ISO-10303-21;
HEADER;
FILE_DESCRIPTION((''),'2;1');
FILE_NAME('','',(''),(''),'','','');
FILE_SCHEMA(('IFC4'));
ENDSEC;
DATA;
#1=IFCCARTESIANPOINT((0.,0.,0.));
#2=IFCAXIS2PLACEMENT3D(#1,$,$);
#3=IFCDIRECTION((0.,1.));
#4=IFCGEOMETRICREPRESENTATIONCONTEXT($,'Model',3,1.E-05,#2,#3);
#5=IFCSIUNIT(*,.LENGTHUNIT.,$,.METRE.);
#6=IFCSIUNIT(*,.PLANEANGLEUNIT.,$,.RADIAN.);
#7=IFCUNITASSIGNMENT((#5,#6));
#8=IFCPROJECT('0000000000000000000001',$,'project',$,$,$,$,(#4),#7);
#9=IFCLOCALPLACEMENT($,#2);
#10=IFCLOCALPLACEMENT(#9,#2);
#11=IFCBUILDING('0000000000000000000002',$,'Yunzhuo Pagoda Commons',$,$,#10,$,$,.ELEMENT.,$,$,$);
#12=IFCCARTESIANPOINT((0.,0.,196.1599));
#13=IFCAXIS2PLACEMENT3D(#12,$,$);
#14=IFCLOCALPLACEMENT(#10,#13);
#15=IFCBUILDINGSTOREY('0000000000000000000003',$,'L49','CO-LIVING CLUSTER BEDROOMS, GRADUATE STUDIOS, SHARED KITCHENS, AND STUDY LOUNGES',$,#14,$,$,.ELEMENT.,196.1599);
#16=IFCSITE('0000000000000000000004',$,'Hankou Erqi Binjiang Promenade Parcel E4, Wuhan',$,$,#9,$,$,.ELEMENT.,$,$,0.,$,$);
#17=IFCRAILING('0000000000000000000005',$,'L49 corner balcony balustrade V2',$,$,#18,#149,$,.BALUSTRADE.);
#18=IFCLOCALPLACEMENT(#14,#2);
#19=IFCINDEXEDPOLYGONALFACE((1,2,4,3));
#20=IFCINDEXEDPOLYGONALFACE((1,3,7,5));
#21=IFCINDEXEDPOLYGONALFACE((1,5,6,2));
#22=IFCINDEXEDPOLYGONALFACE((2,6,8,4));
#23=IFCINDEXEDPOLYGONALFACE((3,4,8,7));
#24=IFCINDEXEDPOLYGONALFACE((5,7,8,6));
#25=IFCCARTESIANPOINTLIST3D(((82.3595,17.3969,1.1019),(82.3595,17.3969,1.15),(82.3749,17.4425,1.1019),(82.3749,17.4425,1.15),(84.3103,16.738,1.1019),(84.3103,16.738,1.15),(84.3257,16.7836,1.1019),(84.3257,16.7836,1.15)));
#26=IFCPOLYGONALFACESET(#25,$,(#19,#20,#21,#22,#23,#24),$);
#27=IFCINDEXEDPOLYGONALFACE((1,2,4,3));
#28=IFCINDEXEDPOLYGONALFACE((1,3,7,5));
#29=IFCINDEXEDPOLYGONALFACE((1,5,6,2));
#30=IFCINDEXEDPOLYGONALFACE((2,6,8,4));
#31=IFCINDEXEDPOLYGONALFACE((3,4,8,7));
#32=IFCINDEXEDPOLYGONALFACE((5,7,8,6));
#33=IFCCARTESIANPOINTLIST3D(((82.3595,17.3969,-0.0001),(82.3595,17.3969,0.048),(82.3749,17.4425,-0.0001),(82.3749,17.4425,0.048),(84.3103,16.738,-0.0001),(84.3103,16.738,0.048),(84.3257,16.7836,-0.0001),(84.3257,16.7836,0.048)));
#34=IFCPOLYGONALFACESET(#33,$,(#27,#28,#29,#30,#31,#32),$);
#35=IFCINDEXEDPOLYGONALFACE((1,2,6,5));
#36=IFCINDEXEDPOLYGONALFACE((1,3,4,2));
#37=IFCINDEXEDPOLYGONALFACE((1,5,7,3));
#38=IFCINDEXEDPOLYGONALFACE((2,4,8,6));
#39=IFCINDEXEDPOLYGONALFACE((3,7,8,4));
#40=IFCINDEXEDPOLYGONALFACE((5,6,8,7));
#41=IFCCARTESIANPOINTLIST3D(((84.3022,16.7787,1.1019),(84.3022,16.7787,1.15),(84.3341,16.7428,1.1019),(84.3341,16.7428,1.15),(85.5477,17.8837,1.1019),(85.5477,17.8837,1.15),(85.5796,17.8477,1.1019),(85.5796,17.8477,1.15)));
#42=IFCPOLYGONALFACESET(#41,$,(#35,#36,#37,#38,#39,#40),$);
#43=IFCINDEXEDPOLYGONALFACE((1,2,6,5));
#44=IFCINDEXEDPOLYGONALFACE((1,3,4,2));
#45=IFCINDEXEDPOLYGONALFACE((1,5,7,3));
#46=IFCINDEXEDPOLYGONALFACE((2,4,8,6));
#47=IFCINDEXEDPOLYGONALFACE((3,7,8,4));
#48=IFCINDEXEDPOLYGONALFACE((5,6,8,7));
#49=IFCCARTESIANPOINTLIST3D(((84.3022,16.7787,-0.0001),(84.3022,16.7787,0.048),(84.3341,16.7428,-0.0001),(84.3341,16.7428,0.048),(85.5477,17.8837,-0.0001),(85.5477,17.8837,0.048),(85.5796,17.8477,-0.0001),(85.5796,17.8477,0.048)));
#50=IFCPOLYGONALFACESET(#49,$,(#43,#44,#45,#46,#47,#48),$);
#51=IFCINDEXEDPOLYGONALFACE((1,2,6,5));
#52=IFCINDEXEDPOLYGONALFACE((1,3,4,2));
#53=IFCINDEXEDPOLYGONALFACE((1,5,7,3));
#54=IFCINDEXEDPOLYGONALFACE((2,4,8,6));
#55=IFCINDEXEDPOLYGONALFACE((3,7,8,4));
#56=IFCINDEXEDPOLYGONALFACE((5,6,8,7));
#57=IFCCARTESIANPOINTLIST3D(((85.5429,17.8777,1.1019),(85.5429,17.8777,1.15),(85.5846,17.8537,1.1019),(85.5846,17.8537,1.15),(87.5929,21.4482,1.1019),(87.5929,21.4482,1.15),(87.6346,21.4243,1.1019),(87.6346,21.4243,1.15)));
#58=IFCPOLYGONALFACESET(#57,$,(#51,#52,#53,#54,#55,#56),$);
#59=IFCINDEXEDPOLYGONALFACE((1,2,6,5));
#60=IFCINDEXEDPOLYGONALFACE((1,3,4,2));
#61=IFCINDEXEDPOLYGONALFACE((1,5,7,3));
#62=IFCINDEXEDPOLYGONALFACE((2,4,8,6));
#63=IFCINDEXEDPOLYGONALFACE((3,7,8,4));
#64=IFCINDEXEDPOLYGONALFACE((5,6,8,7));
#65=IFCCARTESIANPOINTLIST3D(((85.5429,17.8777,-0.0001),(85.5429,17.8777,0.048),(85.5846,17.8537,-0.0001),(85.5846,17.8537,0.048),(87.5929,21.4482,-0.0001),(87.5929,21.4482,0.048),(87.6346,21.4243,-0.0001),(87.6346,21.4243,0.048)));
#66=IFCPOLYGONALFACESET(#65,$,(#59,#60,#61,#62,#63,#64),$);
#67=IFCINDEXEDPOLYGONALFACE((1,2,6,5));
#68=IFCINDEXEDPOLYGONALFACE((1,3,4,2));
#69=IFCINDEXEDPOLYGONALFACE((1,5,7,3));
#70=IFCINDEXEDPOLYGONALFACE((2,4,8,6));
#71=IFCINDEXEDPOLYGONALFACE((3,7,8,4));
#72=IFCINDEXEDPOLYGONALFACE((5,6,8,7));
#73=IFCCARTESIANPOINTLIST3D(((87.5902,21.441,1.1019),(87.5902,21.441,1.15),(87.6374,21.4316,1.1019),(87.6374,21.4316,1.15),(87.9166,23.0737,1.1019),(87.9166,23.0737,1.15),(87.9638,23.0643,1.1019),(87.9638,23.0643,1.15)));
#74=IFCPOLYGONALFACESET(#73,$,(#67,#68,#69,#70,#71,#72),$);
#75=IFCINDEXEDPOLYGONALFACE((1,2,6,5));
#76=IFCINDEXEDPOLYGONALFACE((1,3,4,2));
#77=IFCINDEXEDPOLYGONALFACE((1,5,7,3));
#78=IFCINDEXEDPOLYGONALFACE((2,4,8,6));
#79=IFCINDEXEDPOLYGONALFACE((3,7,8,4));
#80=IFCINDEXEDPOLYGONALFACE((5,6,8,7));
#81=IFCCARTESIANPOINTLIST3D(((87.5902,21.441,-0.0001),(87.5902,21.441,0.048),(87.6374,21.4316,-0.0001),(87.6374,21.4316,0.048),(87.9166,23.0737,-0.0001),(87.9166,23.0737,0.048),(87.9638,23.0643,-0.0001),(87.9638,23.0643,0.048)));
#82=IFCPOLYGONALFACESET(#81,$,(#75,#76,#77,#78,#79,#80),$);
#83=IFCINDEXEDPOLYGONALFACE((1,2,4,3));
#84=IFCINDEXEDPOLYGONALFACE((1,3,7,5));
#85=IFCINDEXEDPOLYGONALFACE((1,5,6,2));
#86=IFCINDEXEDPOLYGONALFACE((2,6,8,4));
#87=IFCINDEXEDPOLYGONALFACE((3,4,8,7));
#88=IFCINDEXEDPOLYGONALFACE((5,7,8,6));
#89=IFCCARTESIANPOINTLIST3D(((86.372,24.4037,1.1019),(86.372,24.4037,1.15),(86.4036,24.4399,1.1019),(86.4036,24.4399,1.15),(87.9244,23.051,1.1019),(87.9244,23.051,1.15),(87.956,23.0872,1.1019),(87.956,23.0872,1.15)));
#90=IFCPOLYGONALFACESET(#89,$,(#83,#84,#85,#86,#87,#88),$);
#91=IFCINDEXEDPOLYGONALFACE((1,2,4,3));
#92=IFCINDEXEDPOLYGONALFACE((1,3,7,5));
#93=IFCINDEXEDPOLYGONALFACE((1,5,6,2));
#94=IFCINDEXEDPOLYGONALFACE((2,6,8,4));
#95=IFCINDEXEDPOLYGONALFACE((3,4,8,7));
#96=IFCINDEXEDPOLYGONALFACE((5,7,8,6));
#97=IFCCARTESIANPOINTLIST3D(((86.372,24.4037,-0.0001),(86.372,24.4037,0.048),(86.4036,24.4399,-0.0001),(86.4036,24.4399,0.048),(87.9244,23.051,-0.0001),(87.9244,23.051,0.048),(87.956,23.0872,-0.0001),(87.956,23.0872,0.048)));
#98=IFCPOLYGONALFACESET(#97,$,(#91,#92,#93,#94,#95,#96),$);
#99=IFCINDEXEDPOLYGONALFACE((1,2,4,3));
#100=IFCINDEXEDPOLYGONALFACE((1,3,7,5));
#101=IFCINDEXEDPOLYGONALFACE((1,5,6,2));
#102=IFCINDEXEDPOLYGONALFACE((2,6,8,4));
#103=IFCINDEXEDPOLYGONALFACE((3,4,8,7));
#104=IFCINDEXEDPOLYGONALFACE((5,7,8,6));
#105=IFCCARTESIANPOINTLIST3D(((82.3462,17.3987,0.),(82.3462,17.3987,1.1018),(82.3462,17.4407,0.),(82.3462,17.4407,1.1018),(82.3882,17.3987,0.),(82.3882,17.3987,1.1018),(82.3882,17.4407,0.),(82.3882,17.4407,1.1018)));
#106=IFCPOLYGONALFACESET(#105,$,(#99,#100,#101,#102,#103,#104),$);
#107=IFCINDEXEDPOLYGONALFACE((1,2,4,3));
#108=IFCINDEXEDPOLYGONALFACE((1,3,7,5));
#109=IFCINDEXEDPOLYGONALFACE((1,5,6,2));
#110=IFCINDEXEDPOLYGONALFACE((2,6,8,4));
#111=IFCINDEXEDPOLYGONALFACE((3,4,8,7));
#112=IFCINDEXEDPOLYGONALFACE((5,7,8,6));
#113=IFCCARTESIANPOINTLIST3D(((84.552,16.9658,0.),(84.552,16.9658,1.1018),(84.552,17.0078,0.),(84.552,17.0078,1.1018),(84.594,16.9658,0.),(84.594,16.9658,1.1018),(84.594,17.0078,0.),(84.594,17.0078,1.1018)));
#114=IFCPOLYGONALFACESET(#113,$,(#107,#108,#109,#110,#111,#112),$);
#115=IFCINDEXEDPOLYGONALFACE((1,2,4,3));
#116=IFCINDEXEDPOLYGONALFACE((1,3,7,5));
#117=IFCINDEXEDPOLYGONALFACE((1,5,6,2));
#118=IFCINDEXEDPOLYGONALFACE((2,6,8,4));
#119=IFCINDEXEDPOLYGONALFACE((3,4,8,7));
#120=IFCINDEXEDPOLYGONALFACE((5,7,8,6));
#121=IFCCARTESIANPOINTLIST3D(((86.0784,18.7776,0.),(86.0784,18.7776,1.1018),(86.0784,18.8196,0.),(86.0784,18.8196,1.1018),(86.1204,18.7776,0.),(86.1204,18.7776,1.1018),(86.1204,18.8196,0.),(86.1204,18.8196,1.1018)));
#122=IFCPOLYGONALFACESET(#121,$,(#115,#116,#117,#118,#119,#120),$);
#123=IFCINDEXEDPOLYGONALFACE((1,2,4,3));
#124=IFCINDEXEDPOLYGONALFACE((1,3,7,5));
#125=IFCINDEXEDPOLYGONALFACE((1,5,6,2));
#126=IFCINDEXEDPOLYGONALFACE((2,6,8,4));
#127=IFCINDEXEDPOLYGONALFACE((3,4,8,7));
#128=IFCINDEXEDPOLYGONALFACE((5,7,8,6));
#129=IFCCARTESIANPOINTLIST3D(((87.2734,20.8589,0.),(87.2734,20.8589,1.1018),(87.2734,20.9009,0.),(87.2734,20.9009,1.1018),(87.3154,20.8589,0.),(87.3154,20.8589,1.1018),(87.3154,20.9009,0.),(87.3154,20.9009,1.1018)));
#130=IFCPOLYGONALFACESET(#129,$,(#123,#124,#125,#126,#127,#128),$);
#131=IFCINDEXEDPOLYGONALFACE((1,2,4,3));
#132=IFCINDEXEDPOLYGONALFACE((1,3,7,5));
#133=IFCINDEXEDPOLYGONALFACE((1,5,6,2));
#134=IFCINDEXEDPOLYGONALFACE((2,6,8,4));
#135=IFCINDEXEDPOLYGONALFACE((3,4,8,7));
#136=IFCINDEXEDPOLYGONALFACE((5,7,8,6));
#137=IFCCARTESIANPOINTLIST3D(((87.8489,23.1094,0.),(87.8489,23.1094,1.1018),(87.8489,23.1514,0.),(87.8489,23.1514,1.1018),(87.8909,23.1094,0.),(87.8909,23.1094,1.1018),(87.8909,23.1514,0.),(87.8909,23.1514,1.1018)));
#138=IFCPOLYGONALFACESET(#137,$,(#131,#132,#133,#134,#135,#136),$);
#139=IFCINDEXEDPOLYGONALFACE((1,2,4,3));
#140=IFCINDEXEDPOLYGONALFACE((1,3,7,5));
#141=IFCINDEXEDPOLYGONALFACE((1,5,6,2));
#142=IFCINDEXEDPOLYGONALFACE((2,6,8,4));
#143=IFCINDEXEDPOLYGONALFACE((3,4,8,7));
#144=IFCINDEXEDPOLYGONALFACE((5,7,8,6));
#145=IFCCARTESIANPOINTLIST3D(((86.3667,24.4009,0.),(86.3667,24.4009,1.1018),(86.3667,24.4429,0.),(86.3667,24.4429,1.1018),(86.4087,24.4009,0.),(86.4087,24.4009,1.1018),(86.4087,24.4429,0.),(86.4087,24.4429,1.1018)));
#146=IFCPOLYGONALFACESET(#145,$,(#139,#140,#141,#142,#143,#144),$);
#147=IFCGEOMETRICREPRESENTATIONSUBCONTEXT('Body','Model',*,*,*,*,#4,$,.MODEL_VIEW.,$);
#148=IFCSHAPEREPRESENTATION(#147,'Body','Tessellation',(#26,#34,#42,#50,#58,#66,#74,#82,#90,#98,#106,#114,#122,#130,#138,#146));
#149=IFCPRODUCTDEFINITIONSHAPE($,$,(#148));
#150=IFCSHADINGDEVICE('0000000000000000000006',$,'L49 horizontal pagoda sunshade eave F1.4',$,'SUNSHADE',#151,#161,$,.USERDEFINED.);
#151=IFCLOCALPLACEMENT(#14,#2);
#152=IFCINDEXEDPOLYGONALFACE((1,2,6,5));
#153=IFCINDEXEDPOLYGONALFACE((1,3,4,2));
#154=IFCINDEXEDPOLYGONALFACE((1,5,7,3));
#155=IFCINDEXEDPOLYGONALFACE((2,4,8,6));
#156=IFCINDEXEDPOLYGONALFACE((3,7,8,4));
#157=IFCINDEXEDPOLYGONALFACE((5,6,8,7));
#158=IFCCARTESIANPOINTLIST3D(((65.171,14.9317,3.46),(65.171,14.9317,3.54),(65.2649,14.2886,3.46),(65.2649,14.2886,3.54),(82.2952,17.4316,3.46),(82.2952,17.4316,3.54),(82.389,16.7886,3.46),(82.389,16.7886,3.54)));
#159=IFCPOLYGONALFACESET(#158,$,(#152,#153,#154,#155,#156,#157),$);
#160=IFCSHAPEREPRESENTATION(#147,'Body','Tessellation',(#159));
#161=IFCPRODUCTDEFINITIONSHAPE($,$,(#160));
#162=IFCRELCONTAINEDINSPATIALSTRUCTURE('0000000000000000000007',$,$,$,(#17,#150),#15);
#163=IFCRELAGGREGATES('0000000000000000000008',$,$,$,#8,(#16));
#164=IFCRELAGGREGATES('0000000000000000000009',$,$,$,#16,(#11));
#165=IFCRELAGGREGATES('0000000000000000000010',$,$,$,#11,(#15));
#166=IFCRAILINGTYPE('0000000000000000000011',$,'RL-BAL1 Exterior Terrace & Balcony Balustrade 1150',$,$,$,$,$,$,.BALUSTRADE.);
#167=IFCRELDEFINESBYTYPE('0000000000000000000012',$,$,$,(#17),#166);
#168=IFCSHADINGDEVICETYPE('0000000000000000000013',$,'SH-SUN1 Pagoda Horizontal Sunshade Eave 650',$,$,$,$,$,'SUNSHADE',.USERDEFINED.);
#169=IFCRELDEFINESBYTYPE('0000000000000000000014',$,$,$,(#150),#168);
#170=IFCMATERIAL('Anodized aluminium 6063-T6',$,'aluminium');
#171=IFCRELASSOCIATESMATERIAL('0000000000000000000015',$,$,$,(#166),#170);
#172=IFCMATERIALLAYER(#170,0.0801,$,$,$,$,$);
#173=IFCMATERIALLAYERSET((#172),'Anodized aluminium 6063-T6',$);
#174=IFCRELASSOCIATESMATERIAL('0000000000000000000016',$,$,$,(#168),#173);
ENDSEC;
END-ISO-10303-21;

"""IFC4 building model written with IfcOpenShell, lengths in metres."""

from ifc_helpers import new_model, si_unit, direction, frame, origin, origin_2d, place, context, subcontext, project, spatial, rectangle, extrude, source, transform, mapped, material, layer, layer_set, type_object, element, save


model = new_model("IFC4")

# Units and contexts
model_context = context("Model", 3, precision=1e-05, world=origin(), true_north=direction((0.0, 1.0)))
body_context = subcontext(model_context, "Body", "Model", "MODEL_VIEW")
ifc_project = project(units=[si_unit("LENGTHUNIT", "METRE"), si_unit("PLANEANGLEUNIT", "RADIAN")], contexts=[model_context])

# Site, building, storey
site_placement = place(None, origin())
site = spatial("IfcSite", under=ifc_project, at=site_placement, Name="Hankou Erqi Binjiang Promenade Parcel E4, Wuhan", CompositionType="ELEMENT", RefElevation=0.0)
building_placement = place(site_placement, origin())
building = spatial("IfcBuilding", under=site, at=building_placement, Name="Yunzhuo Pagoda Commons", CompositionType="ELEMENT")
storey_placement = place(building_placement, frame((0.0, 0.0, 196.1599)))
storey = spatial("IfcBuildingStorey", under=building, at=storey_placement, Name="L49", Description="CO-LIVING CLUSTER BEDROOMS, GRADUATE STUDIOS, SHARED KITCHENS, AND STUDY LOUNGES", CompositionType="ELEMENT", Elevation=196.1599)

# Shared definitions
ifc_material_1 = material(Name="Anodized aluminium 6063-T6", Category="aluminium")

# Railing
railing_type = type_object("IfcRailingType", Name="RL-BAL1 Exterior Terrace & Balcony Balustrade 1150", PredefinedType="BALUSTRADE", material=ifc_material_1)
railing_placement = place(storey_placement, frame((82.3672, 17.4197, 0.0)))
element("IfcRailing", 1, at=railing_placement, inside=storey, type_object=railing_type, Name="L49 corner balcony balustrade V2", PredefinedType="BALUSTRADE", context=body_context, shape_type="SweptSolid", body=[
    extrude(rectangle(XDim=0.0481, YDim=0.0481, at=origin_2d()), frame((0.0, 0.0, 1.126), z_axis=(0.947419, -0.319996, 0.0), x_axis=(0.319996, 0.947419, 0.0)), (0.0, 0.0, 1.0), 2.0591),
    extrude(rectangle(XDim=0.0481, YDim=0.0481, at=origin_2d()), frame((0.0, 0.0, 0.0239), z_axis=(0.947419, -0.319996, 0.0), x_axis=(0.319996, 0.947419, 0.0)), (0.0, 0.0, 1.0), 2.0591),
    extrude(rectangle(XDim=0.0481, YDim=0.0481, at=origin_2d()), frame((1.9509, -0.6589, 1.126), z_axis=(0.748072, 0.663617, 0.0), x_axis=(-0.663617, 0.748072, 0.0)), (0.0, 0.0, 1.0), 1.665),
    extrude(rectangle(XDim=0.0481, YDim=0.0481, at=origin_2d()), frame((1.9509, -0.6589, 0.0239), z_axis=(0.748072, 0.663617, 0.0), x_axis=(-0.663617, 0.748072, 0.0)), (0.0, 0.0, 1.0), 1.665),
    extrude(rectangle(XDim=0.0481, YDim=0.0481, at=origin_2d()), frame((3.1965, 0.446, 1.126), z_axis=(0.49792, 0.867223, 0.0), x_axis=(-0.867223, 0.49792, 0.0)), (0.0, 0.0, 1.0), 4.1172),
    extrude(rectangle(XDim=0.0481, YDim=0.0481, at=origin_2d()), frame((3.1965, 0.446, 0.0239), z_axis=(0.49792, 0.867223, 0.0), x_axis=(-0.867223, 0.49792, 0.0)), (0.0, 0.0, 1.0), 4.1172),
    extrude(rectangle(XDim=0.0481, YDim=0.0481, at=origin_2d()), frame((5.2466, 4.0166, 1.126), z_axis=(0.196032, 0.980598, 0.0), x_axis=(-0.980598, 0.196032, 0.0)), (0.0, 0.0, 1.0), 1.665),
    extrude(rectangle(XDim=0.0481, YDim=0.0481, at=origin_2d()), frame((5.2466, 4.0166, 0.0239), z_axis=(0.196032, 0.980598, 0.0), x_axis=(-0.980598, 0.196032, 0.0)), (0.0, 0.0, 1.0), 1.665),
    extrude(rectangle(XDim=0.0481, YDim=0.0481, at=origin_2d()), frame((5.573, 5.6494, 1.126), z_axis=(-0.753934, 0.65695, 0.0), x_axis=(-0.65695, -0.753934, 0.0)), (0.0, 0.0, 1.0), 2.0591),
    extrude(rectangle(XDim=0.0481, YDim=0.0481, at=origin_2d()), frame((5.573, 5.6494, 0.0239), z_axis=(-0.753934, 0.65695, 0.0), x_axis=(-0.65695, -0.753934, 0.0)), (0.0, 0.0, 1.0), 2.0591),
    extrude(rectangle(XDim=0.042, YDim=0.042, at=origin_2d()), origin(), (0.0, 0.0, 1.0), 1.1018),
    extrude(rectangle(XDim=0.042, YDim=0.042, at=origin_2d()), frame((2.2058, -0.4329, 0.0)), (0.0, 0.0, 1.0), 1.1018),
    extrude(rectangle(XDim=0.042, YDim=0.042, at=origin_2d()), frame((3.7322, 1.3789, 0.0)), (0.0, 0.0, 1.0), 1.1018),
    extrude(rectangle(XDim=0.042, YDim=0.042, at=origin_2d()), frame((4.9272, 3.4602, 0.0)), (0.0, 0.0, 1.0), 1.1018),
    extrude(rectangle(XDim=0.042, YDim=0.042, at=origin_2d()), frame((5.5027, 5.7107, 0.0)), (0.0, 0.0, 1.0), 1.1018),
    extrude(rectangle(XDim=0.042, YDim=0.042, at=origin_2d()), frame((4.0205, 7.0022, 0.0)), (0.0, 0.0, 1.0), 1.1018),
])

# Shading device
ifc_layer_1 = layer(ifc_material_1, 0.0801)
ifc_layer_set_1 = layer_set([ifc_layer_1], Name="Anodized aluminium 6063-T6")
shading_device_type = type_object("IfcShadingDeviceType", Name="SH-SUN1 Pagoda Horizontal Sunshade Eave 650", ElementType="SUNSHADE", PredefinedType="USERDEFINED", material=ifc_layer_set_1)
shared_shape_1 = source(origin(), body_context, "Body", "SweptSolid", [
    extrude(rectangle(XDim=17.3057, YDim=0.6499, at=origin_2d()), origin(), (0.0, 0.0, 1.0), 0.0801),
])
shading_device_placement = place(storey_placement, frame((73.78, 15.8601, 3.46), z_axis=(0.0, 0.0, 1.0), x_axis=(0.989511, 0.14446, 0.0)))
element("IfcShadingDevice", 2, at=shading_device_placement, inside=storey, type_object=shading_device_type, Name="L49 horizontal pagoda sunshade eave F1.4", ObjectType="SUNSHADE", PredefinedType="USERDEFINED", context=body_context, shape_type="MappedRepresentation", body=[
    mapped(shared_shape_1, transform((0.0, 0.0, 0.0), scale=1.0)),
])

save(model, "model.ifc")
